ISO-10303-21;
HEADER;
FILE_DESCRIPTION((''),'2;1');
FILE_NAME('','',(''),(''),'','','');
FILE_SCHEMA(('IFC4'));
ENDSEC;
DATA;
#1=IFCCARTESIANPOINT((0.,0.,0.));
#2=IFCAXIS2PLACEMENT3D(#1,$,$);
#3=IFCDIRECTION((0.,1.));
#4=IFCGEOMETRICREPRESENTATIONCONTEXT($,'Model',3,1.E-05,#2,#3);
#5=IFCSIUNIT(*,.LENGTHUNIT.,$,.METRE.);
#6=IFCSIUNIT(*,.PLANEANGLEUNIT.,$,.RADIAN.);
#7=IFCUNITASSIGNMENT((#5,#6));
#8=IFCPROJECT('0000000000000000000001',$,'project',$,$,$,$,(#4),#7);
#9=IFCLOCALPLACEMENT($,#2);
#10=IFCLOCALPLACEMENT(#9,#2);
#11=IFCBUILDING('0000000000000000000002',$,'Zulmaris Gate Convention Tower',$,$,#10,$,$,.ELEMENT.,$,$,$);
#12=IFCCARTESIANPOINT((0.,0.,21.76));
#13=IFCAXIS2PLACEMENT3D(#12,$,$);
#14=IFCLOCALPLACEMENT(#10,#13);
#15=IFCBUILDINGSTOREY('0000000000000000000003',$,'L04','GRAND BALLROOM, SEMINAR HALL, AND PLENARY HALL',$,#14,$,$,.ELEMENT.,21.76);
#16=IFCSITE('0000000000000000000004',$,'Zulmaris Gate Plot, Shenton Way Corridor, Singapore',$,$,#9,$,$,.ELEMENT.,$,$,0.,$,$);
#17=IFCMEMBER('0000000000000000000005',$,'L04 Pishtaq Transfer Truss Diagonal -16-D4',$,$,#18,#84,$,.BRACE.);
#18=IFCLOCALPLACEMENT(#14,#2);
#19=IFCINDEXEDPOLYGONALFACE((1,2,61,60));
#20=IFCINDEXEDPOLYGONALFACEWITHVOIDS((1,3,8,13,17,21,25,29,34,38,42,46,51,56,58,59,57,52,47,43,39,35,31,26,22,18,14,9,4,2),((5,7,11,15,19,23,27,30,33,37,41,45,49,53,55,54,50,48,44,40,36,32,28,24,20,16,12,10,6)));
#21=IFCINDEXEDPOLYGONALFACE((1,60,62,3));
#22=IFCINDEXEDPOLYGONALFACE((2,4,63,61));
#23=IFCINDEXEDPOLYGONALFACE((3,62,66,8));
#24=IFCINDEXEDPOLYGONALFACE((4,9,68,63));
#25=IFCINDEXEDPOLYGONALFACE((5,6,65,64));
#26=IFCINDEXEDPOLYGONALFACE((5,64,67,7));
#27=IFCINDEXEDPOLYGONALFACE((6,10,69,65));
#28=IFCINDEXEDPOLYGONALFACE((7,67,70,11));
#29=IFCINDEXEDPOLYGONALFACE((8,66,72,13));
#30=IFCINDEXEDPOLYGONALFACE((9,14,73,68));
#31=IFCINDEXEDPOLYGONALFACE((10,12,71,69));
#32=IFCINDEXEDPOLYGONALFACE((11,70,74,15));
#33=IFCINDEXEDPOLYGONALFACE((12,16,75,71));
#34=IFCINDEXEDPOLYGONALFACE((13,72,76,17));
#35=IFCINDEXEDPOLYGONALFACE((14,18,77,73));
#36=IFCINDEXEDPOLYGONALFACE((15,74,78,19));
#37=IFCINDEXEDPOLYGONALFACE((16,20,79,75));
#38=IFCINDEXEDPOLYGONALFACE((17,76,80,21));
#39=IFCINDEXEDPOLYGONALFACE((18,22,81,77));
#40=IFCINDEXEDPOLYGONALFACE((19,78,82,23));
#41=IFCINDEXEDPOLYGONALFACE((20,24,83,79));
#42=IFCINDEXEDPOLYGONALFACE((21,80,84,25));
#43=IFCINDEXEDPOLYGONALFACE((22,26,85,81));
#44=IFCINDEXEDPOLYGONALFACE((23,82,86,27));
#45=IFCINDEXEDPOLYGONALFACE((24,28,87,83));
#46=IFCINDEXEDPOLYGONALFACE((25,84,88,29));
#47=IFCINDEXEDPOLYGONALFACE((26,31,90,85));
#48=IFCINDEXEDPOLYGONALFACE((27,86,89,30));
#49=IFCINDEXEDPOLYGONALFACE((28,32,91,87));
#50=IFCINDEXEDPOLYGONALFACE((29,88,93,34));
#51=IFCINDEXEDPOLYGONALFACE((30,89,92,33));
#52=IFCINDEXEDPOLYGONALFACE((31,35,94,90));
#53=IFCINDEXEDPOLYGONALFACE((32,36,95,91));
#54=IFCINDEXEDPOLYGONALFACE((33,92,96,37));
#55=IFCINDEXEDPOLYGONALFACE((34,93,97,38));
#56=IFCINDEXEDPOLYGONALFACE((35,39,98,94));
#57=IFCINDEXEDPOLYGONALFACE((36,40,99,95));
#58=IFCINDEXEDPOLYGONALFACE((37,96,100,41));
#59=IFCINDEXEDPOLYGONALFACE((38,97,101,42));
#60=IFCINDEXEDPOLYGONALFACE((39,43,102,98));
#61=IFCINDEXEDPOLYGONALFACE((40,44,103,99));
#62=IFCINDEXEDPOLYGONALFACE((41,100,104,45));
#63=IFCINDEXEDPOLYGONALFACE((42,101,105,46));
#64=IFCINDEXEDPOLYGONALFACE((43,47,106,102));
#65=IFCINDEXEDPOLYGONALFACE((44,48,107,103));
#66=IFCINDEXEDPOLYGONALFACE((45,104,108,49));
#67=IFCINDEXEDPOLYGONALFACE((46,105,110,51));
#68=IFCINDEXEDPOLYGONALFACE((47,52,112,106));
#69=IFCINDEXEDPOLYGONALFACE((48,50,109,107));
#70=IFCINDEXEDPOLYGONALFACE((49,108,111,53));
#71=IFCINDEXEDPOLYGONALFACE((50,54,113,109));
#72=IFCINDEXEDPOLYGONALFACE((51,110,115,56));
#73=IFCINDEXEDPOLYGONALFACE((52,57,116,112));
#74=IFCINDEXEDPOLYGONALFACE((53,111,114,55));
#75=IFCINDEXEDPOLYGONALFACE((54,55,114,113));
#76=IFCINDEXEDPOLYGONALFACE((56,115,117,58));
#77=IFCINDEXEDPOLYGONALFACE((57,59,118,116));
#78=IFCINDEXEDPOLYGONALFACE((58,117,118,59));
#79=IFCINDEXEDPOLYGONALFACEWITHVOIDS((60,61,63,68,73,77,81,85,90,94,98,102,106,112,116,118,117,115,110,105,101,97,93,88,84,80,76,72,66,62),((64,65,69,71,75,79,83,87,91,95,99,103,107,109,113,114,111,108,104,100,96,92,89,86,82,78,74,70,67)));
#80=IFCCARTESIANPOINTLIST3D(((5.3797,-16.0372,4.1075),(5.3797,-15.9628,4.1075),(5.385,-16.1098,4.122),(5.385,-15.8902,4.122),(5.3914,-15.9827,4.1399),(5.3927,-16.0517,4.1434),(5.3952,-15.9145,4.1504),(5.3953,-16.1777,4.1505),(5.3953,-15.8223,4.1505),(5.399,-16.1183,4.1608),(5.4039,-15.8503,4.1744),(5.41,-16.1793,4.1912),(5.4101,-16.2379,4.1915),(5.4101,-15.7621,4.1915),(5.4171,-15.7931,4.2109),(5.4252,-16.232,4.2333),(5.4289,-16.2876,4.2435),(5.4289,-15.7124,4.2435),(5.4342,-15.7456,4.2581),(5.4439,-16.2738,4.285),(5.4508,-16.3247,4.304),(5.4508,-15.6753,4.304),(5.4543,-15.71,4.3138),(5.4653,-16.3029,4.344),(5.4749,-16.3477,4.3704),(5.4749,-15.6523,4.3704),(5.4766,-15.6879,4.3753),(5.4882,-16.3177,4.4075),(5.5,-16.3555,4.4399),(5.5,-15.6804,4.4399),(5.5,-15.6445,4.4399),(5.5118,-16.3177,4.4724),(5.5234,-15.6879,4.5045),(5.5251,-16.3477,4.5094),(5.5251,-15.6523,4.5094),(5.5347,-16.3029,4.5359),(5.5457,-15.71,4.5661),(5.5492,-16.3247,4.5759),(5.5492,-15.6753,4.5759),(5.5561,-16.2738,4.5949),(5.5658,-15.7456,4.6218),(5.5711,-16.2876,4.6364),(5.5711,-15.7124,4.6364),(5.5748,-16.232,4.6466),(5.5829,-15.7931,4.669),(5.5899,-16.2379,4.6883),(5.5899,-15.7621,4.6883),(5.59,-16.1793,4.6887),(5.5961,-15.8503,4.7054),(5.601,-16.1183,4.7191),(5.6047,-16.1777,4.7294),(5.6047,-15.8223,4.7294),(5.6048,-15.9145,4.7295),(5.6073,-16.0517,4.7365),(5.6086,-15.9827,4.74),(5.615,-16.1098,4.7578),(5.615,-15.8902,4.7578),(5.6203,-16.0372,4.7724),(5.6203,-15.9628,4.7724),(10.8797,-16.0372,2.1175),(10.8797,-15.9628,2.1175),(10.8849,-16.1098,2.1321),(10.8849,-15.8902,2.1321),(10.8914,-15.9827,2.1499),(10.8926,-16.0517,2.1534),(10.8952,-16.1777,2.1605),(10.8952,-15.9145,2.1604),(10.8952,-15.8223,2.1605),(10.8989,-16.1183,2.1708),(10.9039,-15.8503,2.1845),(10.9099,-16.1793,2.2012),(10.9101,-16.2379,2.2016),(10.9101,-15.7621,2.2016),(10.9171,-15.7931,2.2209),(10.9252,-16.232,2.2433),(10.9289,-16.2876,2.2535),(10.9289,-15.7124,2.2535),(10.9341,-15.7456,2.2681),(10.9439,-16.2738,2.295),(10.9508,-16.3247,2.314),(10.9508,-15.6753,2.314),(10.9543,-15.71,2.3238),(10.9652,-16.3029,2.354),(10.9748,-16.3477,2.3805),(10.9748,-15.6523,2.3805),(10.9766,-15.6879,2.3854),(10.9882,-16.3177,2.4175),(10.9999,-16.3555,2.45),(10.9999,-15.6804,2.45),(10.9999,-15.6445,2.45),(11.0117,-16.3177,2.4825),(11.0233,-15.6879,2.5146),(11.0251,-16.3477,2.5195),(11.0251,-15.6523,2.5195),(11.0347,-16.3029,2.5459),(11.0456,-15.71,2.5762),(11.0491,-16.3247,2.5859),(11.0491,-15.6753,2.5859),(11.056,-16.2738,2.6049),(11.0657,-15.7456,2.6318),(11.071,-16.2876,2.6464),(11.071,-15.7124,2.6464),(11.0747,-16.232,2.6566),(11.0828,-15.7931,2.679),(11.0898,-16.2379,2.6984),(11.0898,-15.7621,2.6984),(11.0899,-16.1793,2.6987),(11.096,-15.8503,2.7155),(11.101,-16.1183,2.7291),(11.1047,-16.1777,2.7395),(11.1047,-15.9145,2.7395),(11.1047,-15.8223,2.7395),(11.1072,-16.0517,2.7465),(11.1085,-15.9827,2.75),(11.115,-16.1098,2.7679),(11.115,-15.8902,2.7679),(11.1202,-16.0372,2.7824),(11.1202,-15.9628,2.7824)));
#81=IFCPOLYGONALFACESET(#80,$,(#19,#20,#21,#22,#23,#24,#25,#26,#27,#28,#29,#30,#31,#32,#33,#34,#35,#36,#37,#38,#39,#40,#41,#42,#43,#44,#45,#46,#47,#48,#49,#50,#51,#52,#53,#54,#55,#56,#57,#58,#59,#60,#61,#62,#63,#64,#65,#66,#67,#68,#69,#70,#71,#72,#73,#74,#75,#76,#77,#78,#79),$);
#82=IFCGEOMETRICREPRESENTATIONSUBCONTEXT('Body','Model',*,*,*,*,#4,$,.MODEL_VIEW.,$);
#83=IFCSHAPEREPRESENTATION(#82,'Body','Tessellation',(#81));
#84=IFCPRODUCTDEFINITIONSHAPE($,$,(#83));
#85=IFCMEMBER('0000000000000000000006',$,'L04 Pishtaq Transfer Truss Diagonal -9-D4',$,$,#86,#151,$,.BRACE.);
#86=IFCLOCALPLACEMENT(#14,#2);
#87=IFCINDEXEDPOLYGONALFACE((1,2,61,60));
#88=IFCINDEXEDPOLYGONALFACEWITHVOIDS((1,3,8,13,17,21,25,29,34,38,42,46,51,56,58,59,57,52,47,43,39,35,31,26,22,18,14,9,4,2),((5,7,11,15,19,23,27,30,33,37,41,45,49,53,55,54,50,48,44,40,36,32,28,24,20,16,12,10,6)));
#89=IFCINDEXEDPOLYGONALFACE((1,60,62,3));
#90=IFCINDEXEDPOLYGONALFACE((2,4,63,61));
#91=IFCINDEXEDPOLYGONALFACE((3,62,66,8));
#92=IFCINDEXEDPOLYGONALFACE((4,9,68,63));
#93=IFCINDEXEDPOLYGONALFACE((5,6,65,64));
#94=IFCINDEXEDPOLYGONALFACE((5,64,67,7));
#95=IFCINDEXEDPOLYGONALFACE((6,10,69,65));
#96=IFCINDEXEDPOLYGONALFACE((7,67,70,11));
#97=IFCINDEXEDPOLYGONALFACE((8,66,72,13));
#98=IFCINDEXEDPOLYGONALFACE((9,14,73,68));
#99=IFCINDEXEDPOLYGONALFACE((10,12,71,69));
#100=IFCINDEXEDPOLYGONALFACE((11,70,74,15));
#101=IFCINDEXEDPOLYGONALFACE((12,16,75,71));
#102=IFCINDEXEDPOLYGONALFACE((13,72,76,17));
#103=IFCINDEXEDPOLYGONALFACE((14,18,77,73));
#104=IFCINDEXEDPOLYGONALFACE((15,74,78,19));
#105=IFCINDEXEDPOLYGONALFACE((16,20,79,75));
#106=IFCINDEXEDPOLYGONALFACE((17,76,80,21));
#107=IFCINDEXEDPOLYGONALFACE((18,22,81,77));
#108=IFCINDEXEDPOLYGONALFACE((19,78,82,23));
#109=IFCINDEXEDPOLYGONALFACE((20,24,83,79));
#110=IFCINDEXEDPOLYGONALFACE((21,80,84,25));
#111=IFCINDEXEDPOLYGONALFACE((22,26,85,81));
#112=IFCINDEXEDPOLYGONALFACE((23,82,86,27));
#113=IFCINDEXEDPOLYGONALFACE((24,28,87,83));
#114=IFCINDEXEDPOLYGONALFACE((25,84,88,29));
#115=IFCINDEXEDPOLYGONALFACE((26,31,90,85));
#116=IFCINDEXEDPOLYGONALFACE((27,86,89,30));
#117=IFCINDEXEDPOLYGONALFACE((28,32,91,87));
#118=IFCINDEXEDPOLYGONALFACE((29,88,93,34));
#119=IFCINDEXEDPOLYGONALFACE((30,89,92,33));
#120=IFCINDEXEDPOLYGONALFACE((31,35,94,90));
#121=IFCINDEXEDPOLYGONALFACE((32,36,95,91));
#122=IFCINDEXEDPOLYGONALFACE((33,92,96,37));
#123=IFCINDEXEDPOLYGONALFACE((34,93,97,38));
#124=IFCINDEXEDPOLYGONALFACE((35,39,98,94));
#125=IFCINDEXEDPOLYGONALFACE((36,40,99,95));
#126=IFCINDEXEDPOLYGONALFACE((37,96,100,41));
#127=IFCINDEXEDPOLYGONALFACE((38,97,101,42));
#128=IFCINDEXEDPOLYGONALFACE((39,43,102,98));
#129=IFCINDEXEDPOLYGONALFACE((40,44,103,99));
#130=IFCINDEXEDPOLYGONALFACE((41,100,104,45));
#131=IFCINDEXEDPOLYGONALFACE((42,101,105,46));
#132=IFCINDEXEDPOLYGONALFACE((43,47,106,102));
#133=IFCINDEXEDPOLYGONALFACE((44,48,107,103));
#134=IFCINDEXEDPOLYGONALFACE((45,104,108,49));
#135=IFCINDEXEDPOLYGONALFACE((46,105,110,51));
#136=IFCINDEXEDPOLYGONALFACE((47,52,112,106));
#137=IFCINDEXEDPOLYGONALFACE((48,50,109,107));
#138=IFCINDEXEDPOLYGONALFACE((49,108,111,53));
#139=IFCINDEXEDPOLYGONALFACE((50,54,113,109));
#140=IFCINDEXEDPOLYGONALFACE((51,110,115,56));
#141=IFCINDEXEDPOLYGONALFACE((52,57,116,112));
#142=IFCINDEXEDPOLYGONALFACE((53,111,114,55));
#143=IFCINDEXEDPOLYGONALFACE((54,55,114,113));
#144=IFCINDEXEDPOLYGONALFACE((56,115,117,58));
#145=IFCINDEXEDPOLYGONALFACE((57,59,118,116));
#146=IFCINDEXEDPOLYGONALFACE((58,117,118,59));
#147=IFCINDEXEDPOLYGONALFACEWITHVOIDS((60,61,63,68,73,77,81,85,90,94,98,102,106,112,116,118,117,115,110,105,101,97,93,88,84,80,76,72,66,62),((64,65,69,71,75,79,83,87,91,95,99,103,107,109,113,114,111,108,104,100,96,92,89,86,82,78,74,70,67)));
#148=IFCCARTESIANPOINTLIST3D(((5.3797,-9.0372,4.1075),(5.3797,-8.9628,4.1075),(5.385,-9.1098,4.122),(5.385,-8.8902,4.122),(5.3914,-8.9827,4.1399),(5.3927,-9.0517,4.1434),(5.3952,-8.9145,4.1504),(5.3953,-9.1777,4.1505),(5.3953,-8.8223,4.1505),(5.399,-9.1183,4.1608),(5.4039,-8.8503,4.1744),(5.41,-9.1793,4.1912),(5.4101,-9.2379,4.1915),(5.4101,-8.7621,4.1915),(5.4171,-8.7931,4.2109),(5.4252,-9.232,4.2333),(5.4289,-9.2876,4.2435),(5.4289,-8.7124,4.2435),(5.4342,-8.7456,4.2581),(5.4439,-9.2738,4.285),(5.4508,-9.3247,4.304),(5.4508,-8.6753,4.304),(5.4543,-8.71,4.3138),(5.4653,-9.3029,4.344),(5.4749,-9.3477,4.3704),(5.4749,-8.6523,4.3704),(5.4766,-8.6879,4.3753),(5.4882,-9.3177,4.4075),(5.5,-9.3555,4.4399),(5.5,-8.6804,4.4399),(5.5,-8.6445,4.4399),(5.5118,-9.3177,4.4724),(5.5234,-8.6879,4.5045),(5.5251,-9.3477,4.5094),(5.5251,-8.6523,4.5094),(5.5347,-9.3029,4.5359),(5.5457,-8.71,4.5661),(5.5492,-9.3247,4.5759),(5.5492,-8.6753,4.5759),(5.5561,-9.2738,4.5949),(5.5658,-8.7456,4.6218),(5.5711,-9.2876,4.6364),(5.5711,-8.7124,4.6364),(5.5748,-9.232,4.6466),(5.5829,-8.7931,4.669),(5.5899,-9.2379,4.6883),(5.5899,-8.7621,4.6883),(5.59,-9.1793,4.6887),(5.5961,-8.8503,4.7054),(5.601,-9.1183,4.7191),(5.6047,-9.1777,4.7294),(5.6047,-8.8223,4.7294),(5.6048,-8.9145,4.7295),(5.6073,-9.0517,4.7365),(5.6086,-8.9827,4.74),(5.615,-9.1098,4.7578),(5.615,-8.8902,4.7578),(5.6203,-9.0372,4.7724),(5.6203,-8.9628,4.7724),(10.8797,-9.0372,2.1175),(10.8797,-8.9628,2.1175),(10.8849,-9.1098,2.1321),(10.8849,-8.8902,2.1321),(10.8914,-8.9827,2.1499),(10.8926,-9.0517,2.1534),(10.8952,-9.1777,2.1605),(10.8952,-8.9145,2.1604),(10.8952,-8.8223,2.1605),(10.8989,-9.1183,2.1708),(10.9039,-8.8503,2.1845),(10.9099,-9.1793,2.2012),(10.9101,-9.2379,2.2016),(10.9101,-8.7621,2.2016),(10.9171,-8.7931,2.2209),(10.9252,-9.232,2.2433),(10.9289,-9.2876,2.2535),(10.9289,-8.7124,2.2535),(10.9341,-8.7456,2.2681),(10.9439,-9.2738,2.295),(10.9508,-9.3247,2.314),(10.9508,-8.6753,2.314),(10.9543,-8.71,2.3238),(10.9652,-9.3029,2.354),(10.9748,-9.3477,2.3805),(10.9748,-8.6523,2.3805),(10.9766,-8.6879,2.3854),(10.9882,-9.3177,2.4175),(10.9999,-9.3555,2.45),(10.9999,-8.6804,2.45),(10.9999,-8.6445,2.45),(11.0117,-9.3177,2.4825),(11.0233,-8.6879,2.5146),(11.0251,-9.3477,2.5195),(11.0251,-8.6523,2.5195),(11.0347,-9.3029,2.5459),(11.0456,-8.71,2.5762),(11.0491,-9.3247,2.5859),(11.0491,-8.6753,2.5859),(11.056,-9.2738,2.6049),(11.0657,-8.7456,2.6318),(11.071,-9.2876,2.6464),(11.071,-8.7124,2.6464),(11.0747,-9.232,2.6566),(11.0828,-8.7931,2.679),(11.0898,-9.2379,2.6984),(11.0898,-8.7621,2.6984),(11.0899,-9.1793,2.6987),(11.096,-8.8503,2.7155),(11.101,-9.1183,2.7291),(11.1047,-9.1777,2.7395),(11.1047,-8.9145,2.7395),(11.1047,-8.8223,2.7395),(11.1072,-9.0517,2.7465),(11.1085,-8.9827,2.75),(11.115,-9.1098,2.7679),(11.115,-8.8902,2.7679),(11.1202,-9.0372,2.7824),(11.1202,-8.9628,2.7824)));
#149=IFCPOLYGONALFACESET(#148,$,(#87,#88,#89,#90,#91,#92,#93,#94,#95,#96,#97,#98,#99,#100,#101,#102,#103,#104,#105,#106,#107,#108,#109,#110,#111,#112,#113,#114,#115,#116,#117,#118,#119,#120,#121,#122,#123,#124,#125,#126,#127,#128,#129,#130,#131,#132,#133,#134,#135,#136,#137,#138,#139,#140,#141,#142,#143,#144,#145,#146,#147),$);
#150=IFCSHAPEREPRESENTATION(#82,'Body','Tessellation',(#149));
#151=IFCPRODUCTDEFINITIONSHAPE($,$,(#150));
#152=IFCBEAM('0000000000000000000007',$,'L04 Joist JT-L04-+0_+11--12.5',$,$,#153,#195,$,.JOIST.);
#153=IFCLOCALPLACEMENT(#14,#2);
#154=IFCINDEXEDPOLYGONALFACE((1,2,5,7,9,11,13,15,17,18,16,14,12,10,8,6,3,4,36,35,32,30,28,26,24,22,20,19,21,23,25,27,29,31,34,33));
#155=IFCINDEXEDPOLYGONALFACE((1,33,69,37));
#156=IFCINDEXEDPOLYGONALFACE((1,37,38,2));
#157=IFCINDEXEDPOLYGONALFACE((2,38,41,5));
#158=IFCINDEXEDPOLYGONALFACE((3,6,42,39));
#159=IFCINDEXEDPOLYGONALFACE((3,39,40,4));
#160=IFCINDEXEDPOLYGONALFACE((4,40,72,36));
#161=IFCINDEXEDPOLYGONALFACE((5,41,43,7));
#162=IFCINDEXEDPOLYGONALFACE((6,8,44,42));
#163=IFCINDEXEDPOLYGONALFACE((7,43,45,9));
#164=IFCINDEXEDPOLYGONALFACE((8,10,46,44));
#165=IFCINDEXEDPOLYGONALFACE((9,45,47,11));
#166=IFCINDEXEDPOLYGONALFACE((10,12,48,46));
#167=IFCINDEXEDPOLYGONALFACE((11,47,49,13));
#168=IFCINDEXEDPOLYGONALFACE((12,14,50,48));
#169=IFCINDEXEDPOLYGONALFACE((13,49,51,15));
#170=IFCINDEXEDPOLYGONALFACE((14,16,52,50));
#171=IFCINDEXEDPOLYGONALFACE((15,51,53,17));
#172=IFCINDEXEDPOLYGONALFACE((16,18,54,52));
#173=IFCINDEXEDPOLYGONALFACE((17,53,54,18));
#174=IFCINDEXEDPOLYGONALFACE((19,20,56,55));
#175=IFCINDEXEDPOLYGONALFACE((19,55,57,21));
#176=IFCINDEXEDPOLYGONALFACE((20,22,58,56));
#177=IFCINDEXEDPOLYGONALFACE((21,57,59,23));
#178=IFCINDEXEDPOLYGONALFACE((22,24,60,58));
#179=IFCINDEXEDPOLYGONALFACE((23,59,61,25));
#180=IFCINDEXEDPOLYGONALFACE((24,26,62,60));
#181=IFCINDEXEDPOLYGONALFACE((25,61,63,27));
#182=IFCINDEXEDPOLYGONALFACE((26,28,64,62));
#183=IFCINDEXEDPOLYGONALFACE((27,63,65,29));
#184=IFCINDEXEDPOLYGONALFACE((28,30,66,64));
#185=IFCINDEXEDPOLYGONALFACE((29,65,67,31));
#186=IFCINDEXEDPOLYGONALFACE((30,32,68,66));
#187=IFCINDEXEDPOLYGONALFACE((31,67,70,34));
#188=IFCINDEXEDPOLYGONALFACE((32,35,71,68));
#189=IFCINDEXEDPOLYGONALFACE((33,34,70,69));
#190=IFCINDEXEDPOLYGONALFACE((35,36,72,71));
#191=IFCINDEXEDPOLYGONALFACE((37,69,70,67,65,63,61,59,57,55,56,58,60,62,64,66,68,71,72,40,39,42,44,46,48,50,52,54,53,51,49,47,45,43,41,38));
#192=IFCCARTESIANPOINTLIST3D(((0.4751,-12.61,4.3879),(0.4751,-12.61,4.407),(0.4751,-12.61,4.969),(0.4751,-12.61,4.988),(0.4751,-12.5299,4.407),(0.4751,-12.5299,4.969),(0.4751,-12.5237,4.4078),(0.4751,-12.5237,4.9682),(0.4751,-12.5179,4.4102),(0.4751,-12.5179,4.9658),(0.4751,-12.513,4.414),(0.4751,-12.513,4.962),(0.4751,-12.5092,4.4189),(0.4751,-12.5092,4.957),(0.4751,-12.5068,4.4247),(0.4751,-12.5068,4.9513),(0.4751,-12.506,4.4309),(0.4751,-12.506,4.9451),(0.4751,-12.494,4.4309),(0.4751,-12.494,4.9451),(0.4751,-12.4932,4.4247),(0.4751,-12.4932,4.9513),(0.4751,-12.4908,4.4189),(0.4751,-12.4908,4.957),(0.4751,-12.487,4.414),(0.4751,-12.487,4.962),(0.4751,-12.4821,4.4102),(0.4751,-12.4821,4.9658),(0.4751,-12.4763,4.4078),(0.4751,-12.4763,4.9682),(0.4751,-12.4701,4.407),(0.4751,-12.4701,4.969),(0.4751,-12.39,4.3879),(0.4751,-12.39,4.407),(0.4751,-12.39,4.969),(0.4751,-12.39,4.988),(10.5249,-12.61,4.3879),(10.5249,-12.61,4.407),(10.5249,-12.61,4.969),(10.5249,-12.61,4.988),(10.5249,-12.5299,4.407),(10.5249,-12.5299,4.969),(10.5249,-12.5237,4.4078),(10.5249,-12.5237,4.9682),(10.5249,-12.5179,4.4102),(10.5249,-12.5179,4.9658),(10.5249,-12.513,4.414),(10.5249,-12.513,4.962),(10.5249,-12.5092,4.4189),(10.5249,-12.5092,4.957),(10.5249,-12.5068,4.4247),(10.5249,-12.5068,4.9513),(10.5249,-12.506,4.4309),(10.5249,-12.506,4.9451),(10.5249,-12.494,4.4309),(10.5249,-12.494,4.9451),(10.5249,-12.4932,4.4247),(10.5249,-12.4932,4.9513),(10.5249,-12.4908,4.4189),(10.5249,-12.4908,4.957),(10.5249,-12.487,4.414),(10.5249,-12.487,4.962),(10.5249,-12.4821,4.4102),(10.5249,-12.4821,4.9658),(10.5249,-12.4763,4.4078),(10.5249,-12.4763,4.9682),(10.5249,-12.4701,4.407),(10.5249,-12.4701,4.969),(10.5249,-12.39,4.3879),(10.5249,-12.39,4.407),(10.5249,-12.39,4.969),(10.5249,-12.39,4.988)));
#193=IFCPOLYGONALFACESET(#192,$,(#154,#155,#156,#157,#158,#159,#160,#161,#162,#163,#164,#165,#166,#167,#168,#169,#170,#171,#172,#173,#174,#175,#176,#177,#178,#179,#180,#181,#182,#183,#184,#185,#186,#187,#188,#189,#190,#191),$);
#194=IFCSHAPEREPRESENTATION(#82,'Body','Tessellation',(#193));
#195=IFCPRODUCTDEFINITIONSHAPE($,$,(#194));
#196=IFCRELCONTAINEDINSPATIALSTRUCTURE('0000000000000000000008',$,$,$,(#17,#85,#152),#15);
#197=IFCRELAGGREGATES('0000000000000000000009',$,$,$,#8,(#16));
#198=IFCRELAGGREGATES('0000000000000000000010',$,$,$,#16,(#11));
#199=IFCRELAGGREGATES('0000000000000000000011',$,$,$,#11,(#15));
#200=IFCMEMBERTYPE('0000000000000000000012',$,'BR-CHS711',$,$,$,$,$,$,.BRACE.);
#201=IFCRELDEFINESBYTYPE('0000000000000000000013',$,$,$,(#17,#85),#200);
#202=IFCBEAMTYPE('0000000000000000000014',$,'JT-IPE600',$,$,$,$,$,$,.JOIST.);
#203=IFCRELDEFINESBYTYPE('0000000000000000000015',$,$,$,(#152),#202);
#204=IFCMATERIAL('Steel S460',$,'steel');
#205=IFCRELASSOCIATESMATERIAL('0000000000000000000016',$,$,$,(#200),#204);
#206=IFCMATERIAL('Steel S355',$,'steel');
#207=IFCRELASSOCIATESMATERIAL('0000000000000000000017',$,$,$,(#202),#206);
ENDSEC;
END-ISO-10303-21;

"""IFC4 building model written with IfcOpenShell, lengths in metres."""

from ifc_helpers import new_model, si_unit, direction, frame, origin, origin_2d, place, context, subcontext, project, spatial, hollow_circle, i_section, extrude, material, material_profile, profile_set, type_object, element, save


model = new_model("IFC4")

# Units and contexts
model_context = context("Model", 3, precision=1e-05, world=origin(), true_north=direction((0.0, 1.0)))
body_context = subcontext(model_context, "Body", "Model", "MODEL_VIEW")
ifc_project = project(units=[si_unit("LENGTHUNIT", "METRE"), si_unit("PLANEANGLEUNIT", "RADIAN")], contexts=[model_context])

# Site, building, storey
site_placement = place(None, origin())
site = spatial("IfcSite", under=ifc_project, at=site_placement, Name="Zulmaris Gate Plot, Shenton Way Corridor, Singapore", CompositionType="ELEMENT", RefElevation=0.0)
building_placement = place(site_placement, origin())
building = spatial("IfcBuilding", under=site, at=building_placement, Name="Zulmaris Gate Convention Tower", CompositionType="ELEMENT")
storey_placement = place(building_placement, frame((0.0, 0.0, 21.76)))
storey = spatial("IfcBuildingStorey", under=building, at=storey_placement, Name="L04", Description="GRAND BALLROOM, SEMINAR HALL, AND PLENARY HALL", CompositionType="ELEMENT", Elevation=21.76)

# Members
ifc_material_1 = material(Name="Steel S460", Category="steel")
ifc_material_profile_1 = material_profile(ifc_material_1, hollow_circle(Radius=0.3555, WallThickness=0.0359, at=origin_2d()), Name="CHS 711x36")
ifc_profile_set_1 = profile_set([ifc_material_profile_1], Name="Steel S460")
member_type = type_object("IfcMemberType", Name="BR-CHS711", PredefinedType="BRACE", material=ifc_profile_set_1)
for number, where, z_axis, x_axis, name in (
    (1, (5.5, -16.0, 4.4399), (0.940342, 0.0, -0.340231), (0.0, 1.0, 0.0), "L04 Pishtaq Transfer Truss Diagonal -16-D4"),
    (2, (5.5, -9.0, 4.4399), (0.940342, 0.0, -0.340231), (0.0, 1.0, 0.0), "L04 Pishtaq Transfer Truss Diagonal -9-D4"),
):
    element("IfcMember", number, at=place(storey_placement, frame(where, z_axis=z_axis, x_axis=x_axis)), inside=storey, type_object=member_type, Name=name, PredefinedType="BRACE", context=body_context, shape_type="SweptSolid", body=[
        extrude(hollow_circle(Radius=0.3555, WallThickness=0.0359, at=origin_2d()), origin(), (0.0, 0.0, 1.0), 5.8489),
    ])

# Beam
ifc_material_2 = material(Name="Steel S355", Category="steel")
ifc_material_profile_2 = material_profile(ifc_material_2, i_section(OverallWidth=0.22, OverallDepth=0.6001, WebThickness=0.012, FlangeThickness=0.019, FilletRadius=0.0239, at=origin_2d()), Name="IPE 600")
ifc_profile_set_2 = profile_set([ifc_material_profile_2], Name="Steel S355")
beam_type_1 = type_object("IfcBeamType", Name="JT-IPE600", PredefinedType="JOIST", material=ifc_profile_set_2)
beam_1_placement = place(storey_placement, frame((0.4751, -12.5, 4.688), z_axis=(1.0, 0.0, 0.0), x_axis=(0.0, 1.0, 0.0)))
element("IfcBeam", 3, at=beam_1_placement, inside=storey, type_object=beam_type_1, Name="L04 Joist JT-L04-+0_+11--12.5", PredefinedType="JOIST", context=body_context, shape_type="SweptSolid", body=[
    extrude(i_section(OverallWidth=0.22, OverallDepth=0.6001, WebThickness=0.012, FlangeThickness=0.019, FilletRadius=0.0239, at=origin_2d()), origin(), (0.0, 0.0, 1.0), 10.0498),
])

save(model, "model.ifc")
